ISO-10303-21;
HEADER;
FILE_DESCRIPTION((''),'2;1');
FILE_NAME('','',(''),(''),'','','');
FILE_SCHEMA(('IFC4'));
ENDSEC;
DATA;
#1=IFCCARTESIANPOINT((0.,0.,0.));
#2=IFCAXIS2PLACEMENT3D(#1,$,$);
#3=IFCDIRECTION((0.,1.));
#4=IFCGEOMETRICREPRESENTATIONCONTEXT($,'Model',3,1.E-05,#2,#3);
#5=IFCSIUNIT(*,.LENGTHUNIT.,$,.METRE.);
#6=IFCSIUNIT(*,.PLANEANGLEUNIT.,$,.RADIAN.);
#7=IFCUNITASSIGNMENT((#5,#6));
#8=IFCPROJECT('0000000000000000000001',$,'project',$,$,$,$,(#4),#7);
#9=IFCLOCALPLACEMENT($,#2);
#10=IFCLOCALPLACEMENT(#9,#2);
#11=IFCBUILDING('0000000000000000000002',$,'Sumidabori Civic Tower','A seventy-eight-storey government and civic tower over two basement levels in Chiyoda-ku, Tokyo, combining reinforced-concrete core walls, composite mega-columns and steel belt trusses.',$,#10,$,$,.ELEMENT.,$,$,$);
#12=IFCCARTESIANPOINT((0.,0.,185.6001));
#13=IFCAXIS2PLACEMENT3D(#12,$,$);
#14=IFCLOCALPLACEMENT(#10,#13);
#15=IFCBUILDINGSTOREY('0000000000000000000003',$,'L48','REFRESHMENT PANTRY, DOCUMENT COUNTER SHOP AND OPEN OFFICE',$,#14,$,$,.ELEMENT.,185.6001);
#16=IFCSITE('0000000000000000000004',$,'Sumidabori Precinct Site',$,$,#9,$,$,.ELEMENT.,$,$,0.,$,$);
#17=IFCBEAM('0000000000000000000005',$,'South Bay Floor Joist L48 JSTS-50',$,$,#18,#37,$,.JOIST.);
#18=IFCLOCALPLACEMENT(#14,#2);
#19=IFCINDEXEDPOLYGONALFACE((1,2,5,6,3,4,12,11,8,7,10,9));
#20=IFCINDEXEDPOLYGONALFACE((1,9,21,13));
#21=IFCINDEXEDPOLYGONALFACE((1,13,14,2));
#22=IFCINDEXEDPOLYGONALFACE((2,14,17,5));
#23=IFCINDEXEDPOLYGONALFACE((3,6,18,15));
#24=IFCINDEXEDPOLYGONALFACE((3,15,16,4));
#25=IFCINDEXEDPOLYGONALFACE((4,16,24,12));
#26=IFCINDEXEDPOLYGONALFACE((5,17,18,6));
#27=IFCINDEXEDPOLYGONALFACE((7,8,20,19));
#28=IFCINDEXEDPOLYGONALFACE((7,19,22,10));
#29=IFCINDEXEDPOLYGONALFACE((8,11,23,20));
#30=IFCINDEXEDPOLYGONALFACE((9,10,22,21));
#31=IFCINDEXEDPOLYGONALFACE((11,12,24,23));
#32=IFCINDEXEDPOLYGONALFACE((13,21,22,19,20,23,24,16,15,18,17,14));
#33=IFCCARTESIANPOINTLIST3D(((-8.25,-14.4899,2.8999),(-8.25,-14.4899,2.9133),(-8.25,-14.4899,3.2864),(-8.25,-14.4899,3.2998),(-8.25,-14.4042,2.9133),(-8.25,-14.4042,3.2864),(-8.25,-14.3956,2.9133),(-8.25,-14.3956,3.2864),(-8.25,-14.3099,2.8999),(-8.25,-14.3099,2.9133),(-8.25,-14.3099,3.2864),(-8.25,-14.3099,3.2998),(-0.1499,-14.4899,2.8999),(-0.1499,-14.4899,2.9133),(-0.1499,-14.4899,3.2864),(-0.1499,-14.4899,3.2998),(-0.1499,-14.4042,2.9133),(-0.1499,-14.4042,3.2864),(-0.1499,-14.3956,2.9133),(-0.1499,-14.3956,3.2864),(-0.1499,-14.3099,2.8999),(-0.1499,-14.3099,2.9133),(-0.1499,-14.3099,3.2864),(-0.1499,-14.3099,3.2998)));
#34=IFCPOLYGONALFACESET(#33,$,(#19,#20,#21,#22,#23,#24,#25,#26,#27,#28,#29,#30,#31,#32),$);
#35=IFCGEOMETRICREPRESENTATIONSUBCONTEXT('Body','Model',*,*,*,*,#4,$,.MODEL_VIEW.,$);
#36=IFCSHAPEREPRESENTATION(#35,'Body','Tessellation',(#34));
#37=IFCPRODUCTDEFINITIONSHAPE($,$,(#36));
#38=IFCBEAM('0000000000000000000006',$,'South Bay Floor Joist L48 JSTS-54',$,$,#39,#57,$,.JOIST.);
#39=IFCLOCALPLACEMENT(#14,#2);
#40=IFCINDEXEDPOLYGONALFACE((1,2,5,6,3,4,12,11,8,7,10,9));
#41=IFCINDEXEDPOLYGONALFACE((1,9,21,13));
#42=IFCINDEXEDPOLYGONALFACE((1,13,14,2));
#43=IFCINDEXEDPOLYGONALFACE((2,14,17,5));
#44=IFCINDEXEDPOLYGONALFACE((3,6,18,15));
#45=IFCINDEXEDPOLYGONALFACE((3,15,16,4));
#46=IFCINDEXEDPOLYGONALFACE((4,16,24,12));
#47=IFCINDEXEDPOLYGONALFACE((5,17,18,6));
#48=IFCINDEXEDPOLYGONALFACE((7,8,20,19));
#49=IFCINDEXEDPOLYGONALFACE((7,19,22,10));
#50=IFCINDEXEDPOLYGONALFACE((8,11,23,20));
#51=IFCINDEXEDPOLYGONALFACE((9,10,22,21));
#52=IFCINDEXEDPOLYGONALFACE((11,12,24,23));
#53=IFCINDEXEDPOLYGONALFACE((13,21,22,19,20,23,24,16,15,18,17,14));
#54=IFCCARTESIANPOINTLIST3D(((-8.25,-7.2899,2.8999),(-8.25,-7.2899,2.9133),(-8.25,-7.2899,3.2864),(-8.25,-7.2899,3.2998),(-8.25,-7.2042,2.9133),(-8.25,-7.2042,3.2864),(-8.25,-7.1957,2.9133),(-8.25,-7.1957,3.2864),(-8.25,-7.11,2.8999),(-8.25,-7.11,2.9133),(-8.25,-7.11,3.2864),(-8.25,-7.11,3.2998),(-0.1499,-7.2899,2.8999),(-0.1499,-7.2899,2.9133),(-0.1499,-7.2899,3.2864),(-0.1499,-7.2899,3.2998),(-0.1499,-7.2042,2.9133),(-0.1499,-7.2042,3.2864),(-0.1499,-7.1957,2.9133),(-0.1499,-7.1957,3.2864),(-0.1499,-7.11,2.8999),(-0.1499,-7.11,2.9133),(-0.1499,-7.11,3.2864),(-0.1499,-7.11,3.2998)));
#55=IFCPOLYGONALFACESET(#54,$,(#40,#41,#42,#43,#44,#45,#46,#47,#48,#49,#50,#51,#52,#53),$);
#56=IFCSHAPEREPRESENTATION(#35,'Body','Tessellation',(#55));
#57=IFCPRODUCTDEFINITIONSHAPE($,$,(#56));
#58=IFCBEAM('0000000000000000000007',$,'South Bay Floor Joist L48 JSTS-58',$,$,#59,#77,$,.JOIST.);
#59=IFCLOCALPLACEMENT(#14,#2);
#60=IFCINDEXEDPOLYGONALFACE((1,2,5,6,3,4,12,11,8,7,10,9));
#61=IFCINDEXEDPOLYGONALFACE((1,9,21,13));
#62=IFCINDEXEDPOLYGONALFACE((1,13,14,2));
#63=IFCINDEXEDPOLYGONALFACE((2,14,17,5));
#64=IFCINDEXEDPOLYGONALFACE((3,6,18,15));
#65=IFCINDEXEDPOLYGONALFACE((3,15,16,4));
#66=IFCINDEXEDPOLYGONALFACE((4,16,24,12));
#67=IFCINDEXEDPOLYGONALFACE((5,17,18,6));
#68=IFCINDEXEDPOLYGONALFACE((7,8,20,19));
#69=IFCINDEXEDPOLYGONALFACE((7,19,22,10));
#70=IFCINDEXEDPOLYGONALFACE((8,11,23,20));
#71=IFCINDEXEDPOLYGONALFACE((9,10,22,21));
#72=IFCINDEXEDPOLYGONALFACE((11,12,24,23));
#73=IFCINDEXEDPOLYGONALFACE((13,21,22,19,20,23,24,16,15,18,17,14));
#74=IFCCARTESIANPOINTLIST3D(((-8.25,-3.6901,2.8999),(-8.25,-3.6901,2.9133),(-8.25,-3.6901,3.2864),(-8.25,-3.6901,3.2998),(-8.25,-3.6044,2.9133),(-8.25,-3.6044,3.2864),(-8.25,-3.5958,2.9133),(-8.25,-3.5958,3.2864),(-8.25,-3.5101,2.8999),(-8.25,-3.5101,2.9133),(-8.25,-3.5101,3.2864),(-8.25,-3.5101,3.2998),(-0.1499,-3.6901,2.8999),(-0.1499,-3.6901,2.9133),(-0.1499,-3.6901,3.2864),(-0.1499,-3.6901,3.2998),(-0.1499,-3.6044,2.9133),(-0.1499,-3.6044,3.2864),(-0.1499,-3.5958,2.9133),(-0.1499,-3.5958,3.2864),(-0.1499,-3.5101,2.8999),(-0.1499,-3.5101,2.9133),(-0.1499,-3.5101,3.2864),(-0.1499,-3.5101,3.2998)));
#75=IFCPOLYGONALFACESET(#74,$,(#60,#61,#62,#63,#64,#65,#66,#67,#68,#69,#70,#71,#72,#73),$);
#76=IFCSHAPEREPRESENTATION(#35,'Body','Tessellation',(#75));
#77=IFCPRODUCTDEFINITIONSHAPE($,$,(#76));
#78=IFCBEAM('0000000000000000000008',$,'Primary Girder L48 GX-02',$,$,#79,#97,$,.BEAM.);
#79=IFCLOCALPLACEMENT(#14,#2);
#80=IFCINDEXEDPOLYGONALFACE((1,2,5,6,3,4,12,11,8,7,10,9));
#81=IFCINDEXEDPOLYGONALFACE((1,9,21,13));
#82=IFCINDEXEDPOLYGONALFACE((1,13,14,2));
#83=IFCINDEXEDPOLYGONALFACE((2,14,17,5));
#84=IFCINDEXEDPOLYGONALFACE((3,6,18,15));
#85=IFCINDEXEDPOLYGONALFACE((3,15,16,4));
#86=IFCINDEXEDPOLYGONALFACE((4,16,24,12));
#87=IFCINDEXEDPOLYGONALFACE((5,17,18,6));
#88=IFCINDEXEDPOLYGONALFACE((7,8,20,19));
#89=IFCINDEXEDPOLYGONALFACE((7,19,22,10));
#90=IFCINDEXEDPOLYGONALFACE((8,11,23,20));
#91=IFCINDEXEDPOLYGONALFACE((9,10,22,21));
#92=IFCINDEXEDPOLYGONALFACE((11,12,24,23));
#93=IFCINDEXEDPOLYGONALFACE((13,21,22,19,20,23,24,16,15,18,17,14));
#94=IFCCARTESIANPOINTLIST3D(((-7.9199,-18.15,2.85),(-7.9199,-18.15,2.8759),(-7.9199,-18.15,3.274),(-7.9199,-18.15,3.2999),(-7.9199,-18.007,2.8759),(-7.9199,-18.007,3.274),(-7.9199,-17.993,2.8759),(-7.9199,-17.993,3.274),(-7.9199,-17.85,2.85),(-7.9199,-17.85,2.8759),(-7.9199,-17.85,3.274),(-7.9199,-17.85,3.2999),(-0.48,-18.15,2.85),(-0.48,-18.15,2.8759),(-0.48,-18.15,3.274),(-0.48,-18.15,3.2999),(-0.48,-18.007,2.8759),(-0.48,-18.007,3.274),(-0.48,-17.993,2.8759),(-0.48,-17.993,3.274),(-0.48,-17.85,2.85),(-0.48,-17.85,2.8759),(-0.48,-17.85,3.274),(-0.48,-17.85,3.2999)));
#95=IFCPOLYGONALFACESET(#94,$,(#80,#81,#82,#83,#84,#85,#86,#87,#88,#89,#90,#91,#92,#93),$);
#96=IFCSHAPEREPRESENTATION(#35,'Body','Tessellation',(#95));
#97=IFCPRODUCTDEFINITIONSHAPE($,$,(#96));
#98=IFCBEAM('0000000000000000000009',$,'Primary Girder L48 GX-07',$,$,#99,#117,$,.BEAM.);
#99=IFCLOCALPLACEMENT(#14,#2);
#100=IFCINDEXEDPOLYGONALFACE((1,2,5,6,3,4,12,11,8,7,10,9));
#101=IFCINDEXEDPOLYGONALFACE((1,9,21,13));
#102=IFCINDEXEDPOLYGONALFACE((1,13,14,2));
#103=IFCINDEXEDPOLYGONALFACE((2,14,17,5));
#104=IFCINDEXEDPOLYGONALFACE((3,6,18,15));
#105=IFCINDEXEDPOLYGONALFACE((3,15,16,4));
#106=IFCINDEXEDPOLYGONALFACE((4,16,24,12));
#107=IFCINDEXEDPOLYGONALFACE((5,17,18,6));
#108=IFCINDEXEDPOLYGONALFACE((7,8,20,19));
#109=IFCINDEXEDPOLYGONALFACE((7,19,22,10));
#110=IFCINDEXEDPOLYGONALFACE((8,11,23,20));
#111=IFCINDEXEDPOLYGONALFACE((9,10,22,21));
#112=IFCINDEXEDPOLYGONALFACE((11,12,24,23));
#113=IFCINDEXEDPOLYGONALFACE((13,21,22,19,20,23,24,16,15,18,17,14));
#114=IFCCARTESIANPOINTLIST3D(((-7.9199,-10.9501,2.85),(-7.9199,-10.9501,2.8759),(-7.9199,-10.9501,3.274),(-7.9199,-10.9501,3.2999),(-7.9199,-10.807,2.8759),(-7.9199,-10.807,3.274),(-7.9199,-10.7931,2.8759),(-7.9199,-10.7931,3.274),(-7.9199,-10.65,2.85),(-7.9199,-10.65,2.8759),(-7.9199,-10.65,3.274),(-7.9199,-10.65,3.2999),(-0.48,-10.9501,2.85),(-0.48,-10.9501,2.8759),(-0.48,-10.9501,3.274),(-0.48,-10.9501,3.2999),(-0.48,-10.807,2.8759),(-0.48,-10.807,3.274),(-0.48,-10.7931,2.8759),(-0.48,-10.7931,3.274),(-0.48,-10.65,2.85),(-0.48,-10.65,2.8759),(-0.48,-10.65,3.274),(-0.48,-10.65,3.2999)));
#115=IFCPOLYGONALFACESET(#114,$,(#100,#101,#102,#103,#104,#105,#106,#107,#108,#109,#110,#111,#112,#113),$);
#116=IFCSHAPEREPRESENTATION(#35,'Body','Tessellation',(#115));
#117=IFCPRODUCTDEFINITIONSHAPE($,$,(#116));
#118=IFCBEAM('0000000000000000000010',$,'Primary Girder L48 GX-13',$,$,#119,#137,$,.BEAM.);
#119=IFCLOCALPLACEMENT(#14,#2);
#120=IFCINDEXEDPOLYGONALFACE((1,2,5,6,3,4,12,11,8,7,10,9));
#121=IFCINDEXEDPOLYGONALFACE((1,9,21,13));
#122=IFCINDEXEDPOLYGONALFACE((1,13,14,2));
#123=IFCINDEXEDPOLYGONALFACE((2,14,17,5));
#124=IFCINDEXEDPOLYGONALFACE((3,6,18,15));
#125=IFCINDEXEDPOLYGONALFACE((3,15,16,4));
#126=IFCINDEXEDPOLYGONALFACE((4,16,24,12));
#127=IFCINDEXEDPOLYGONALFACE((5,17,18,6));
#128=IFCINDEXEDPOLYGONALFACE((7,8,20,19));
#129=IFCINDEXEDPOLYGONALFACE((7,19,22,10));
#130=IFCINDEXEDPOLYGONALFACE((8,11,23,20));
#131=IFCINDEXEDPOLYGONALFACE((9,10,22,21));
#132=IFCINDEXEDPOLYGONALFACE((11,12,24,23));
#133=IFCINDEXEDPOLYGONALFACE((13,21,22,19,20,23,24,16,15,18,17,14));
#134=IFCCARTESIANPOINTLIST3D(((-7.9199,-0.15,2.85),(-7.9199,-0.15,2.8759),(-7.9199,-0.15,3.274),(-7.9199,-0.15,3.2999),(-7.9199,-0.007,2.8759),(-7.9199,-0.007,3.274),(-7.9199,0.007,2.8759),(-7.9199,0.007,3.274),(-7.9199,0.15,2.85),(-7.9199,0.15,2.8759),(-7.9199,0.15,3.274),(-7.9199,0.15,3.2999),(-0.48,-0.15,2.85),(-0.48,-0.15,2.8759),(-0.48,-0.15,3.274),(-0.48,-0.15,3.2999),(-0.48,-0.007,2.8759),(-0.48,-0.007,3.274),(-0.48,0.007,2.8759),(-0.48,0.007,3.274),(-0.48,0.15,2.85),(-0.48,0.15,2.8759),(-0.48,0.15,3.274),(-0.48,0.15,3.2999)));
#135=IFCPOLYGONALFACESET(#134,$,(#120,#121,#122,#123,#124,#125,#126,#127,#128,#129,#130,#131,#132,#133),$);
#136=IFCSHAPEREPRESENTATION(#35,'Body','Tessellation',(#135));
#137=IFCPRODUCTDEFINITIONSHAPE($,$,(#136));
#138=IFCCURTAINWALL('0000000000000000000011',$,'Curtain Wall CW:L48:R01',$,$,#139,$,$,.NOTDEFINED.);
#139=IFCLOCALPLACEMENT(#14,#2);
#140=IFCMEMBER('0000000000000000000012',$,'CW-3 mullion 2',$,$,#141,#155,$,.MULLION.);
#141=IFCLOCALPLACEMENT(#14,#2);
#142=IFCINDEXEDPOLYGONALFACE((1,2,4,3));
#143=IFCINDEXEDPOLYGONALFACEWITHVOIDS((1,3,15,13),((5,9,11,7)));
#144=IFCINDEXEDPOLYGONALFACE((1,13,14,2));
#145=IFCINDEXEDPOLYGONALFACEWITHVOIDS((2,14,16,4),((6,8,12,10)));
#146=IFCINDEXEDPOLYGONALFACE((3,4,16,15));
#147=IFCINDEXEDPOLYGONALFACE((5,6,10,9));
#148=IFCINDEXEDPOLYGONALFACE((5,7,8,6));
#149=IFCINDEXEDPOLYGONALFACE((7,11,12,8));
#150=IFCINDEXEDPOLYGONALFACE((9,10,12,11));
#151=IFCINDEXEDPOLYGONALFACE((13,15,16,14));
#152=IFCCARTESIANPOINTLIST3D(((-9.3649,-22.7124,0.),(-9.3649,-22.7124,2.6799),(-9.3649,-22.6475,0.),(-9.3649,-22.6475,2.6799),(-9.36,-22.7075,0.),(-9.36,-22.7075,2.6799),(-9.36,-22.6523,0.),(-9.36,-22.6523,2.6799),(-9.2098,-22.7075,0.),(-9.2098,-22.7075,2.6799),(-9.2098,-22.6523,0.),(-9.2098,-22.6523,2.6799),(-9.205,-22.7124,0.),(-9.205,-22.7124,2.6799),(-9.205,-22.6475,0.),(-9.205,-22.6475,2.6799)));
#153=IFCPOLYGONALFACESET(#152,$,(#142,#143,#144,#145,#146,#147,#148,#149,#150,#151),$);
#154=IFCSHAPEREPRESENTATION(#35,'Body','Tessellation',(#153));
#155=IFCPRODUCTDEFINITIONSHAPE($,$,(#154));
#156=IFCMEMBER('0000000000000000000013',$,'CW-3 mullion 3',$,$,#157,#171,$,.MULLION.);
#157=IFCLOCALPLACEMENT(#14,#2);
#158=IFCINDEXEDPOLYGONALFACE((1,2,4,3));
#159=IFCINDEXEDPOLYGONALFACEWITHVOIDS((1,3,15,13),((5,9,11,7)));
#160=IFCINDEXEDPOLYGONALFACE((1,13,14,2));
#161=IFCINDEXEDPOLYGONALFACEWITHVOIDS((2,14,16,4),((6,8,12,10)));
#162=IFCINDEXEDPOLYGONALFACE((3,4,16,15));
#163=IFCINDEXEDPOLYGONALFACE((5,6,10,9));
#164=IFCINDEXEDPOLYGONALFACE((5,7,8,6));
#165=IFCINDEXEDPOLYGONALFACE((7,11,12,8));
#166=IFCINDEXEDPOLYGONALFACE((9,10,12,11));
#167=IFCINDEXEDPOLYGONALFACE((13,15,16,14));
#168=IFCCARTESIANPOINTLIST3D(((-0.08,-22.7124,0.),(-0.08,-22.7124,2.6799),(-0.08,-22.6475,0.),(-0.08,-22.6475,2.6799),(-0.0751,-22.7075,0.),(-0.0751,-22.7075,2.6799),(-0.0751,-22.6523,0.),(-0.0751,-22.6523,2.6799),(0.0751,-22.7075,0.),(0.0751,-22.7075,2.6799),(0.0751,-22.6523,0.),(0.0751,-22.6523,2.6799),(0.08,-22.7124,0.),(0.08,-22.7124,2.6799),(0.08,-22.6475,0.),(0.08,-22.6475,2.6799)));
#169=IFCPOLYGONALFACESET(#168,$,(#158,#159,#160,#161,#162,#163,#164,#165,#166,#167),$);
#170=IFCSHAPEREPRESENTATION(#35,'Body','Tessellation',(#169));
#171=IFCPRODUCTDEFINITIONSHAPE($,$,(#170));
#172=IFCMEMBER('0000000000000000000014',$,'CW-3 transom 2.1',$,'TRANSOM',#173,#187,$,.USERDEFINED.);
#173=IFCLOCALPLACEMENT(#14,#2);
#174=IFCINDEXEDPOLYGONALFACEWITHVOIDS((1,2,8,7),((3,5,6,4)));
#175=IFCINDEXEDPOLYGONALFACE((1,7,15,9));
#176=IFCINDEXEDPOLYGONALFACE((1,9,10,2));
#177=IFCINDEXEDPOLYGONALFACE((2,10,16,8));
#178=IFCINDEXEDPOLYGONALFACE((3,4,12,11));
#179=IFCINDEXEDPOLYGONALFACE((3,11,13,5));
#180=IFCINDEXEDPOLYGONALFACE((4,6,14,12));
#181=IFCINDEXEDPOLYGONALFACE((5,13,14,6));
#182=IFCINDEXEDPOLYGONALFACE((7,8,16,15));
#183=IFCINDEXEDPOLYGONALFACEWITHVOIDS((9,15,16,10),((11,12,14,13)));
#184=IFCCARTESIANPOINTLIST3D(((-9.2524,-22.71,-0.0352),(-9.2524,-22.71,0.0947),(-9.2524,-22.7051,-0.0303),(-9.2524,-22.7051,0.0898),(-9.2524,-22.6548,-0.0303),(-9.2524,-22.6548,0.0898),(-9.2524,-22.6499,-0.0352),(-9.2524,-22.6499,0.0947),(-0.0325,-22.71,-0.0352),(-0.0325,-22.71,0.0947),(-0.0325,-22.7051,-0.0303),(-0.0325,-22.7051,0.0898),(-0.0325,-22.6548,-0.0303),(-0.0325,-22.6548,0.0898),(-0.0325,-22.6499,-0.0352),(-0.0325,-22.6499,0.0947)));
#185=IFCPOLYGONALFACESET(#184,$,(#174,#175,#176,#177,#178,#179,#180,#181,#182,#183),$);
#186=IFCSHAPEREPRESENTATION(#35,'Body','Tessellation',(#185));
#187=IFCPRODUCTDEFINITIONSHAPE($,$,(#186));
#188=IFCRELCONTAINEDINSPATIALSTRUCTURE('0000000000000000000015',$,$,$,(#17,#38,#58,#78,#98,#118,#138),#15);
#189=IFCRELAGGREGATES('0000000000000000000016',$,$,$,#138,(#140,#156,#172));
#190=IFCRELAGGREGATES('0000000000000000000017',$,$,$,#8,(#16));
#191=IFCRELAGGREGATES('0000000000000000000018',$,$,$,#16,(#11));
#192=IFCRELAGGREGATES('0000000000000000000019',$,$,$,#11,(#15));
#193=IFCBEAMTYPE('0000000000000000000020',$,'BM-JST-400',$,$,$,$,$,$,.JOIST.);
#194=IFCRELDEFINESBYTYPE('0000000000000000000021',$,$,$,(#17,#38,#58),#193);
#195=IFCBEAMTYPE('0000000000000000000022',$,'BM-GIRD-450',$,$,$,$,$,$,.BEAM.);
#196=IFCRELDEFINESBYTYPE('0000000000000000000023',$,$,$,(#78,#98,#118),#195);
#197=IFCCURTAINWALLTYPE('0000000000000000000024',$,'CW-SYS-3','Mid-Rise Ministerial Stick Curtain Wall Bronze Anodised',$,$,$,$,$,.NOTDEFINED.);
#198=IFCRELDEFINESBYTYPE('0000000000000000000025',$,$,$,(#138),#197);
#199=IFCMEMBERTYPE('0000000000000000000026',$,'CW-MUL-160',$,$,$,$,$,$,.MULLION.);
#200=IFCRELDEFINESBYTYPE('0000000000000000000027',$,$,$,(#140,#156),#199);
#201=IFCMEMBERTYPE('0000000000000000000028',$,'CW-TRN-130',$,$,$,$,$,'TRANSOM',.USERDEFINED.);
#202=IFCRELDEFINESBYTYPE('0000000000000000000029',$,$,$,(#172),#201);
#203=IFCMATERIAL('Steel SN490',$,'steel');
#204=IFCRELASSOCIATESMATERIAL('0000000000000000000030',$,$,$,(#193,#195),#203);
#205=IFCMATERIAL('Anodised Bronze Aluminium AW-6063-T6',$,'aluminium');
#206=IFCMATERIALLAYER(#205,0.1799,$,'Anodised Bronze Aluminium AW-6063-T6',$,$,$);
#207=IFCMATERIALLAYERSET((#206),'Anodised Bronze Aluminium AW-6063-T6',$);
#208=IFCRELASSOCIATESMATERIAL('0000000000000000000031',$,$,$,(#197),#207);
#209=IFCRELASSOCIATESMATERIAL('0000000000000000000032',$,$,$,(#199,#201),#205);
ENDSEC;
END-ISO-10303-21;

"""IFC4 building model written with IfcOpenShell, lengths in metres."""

from ifc_helpers import new_model, si_unit, direction, frame, origin, origin_2d, place, context, subcontext, project, spatial, hollow_rectangle, i_section, extrude, source, transform, mapped, material, layer, layer_set, material_profile, profile_set, type_object, element, aggregate, save


model = new_model("IFC4")

# Units and contexts
model_context = context("Model", 3, precision=1e-05, world=origin(), true_north=direction((0.0, 1.0)))
body_context = subcontext(model_context, "Body", "Model", "MODEL_VIEW")
ifc_project = project(units=[si_unit("LENGTHUNIT", "METRE"), si_unit("PLANEANGLEUNIT", "RADIAN")], contexts=[model_context])

# Site, building, storey
site_placement = place(None, origin())
site = spatial("IfcSite", under=ifc_project, at=site_placement, Name="Sumidabori Precinct Site", CompositionType="ELEMENT", RefElevation=0.0)
building_placement = place(site_placement, origin())
building = spatial("IfcBuilding", under=site, at=building_placement, Name="Sumidabori Civic Tower", Description="A seventy-eight-storey government and civic tower over two basement levels in Chiyoda-ku, Tokyo, combining reinforced-concrete core walls, composite mega-columns and steel belt trusses.", CompositionType="ELEMENT")
storey_placement = place(building_placement, frame((0.0, 0.0, 185.6001)))
storey = spatial("IfcBuildingStorey", under=building, at=storey_placement, Name="L48", Description="REFRESHMENT PANTRY, DOCUMENT COUNTER SHOP AND OPEN OFFICE", CompositionType="ELEMENT", Elevation=185.6001)

# Beams
ifc_material_1 = material(Name="Steel SN490", Category="steel")
ifc_material_profile_1 = material_profile(ifc_material_1, i_section(OverallWidth=0.1799, OverallDepth=0.3999, WebThickness=0.0085, FlangeThickness=0.0134, at=origin_2d()), Name="IPE 400")
ifc_profile_set_1 = profile_set([ifc_material_profile_1], Name="Steel SN490")
beam_type_1 = type_object("IfcBeamType", Name="BM-JST-400", PredefinedType="JOIST", material=ifc_profile_set_1)
shared_shape_1 = source(origin(), body_context, "Body", "SweptSolid", [
    extrude(i_section(OverallWidth=0.1799, OverallDepth=0.3999, WebThickness=0.0085, FlangeThickness=0.0134, at=origin_2d()), origin(), (0.0, 0.0, 1.0), 8.1001),
])
for number, where, z_axis, x_axis, name in (
    (1, (-8.25, -14.3999, 3.0999), (1.0, 0.0, 0.0), (0.0, 1.0, 0.0), "South Bay Floor Joist L48 JSTS-50"),
    (2, (-8.25, -7.2, 3.0999), (1.0, 0.0, 0.0), (0.0, 1.0, 0.0), "South Bay Floor Joist L48 JSTS-54"),
    (3, (-8.25, -3.6001, 3.0999), (1.0, 0.0, 0.0), (0.0, 1.0, 0.0), "South Bay Floor Joist L48 JSTS-58"),
):
    element("IfcBeam", number, at=place(storey_placement, frame(where, z_axis=z_axis, x_axis=x_axis)), inside=storey, type_object=beam_type_1, Name=name, PredefinedType="JOIST", context=body_context, shape_type="MappedRepresentation", body=[
        mapped(shared_shape_1, transform((0.0, 0.0, 0.0), x_axis=(1.0, 0.0, 0.0), y_axis=(0.0, 1.0, 0.0), z_axis=(0.0, 0.0, 1.0), scale=1.0)),
    ])
ifc_material_profile_2 = material_profile(ifc_material_1, i_section(OverallWidth=0.3, OverallDepth=0.45, WebThickness=0.0139, FlangeThickness=0.0259, at=origin_2d()), Name="HE 450 B")
ifc_profile_set_2 = profile_set([ifc_material_profile_2], Name="Steel SN490")
beam_type_2 = type_object("IfcBeamType", Name="BM-GIRD-450", PredefinedType="BEAM", material=ifc_profile_set_2)
shared_shape_2 = source(origin(), body_context, "Body", "SweptSolid", [
    extrude(i_section(OverallWidth=0.3, OverallDepth=0.45, WebThickness=0.0139, FlangeThickness=0.0259, at=origin_2d()), origin(), (0.0, 0.0, 1.0), 7.4399),
])
for number, where, z_axis, x_axis, name in (
    (4, (-7.9199, -18.0, 3.075), (1.0, 0.0, 0.0), (0.0, 1.0, 0.0), "Primary Girder L48 GX-02"),
    (5, (-7.9199, -10.8, 3.075), (1.0, 0.0, 0.0), (0.0, 1.0, 0.0), "Primary Girder L48 GX-07"),
    (6, (-7.9199, 0.0, 3.075), (1.0, 0.0, 0.0), (0.0, 1.0, 0.0), "Primary Girder L48 GX-13"),
):
    element("IfcBeam", number, at=place(storey_placement, frame(where, z_axis=z_axis, x_axis=x_axis)), inside=storey, type_object=beam_type_2, Name=name, PredefinedType="BEAM", context=body_context, shape_type="MappedRepresentation", body=[
        mapped(shared_shape_2, transform((0.0, 0.0, 0.0), x_axis=(1.0, 0.0, 0.0), y_axis=(0.0, 1.0, 0.0), z_axis=(0.0, 0.0, 1.0), scale=1.0)),
    ])

# Curtain wall, members
ifc_material_2 = material(Name="Anodised Bronze Aluminium AW-6063-T6", Category="aluminium")
ifc_layer_1 = layer(ifc_material_2, 0.1799, Name="Anodised Bronze Aluminium AW-6063-T6")
ifc_layer_set_1 = layer_set([ifc_layer_1], Name="Anodised Bronze Aluminium AW-6063-T6")
curtain_wall_type = type_object("IfcCurtainWallType", Name="CW-SYS-3", Description="Mid-Rise Ministerial Stick Curtain Wall Bronze Anodised", PredefinedType="NOTDEFINED", material=ifc_layer_set_1)
curtain_wall_placement = place(storey_placement, origin())
curtain_wall = element("IfcCurtainWall", 7, at=curtain_wall_placement, inside=storey, type_object=curtain_wall_type, Name="Curtain Wall CW:L48:R01", PredefinedType="NOTDEFINED")
ifc_material_profile_3 = material_profile(ifc_material_2, hollow_rectangle(XDim=0.0649, YDim=0.1599, WallThickness=0.0049, at=origin_2d()), Name="ALU MULLION 160x65")
ifc_profile_set_3 = profile_set([ifc_material_profile_3], Name="Anodised Bronze Aluminium AW-6063-T6")
member_type_1 = type_object("IfcMemberType", Name="CW-MUL-160", PredefinedType="MULLION", material=ifc_profile_set_3)
shared_shape_3 = source(origin(), body_context, "Body", "SweptSolid", [
    extrude(hollow_rectangle(XDim=0.0649, YDim=0.1599, WallThickness=0.0049, at=origin_2d()), origin(), (0.0, 0.0, 1.0), 2.6799),
])
member_1_placement = place(storey_placement, frame((-9.2849, -22.6799, 0.0), z_axis=(0.0, 0.0, 1.0), x_axis=(0.0, 1.0, 0.0)))
member_1 = element("IfcMember", 8, at=member_1_placement, type_object=member_type_1, Name="CW-3 mullion 2", PredefinedType="MULLION", context=body_context, shape_type="MappedRepresentation", body=[
    mapped(shared_shape_3, transform((0.0, 0.0, 0.0), x_axis=(1.0, 0.0, 0.0), y_axis=(0.0, 1.0, 0.0), z_axis=(0.0, 0.0, 1.0), scale=1.0)),
])
member_2_placement = place(storey_placement, frame((0.0, -22.6799, 0.0), z_axis=(0.0, 0.0, 1.0), x_axis=(0.0, 1.0, 0.0)))
member_2 = element("IfcMember", 9, at=member_2_placement, type_object=member_type_1, Name="CW-3 mullion 3", PredefinedType="MULLION", context=body_context, shape_type="MappedRepresentation", body=[
    mapped(shared_shape_3, transform((0.0, 0.0, 0.0), x_axis=(1.0, 0.0, 0.0), y_axis=(0.0, 1.0, 0.0), z_axis=(0.0, 0.0, 1.0), scale=1.0)),
])
ifc_material_profile_4 = material_profile(ifc_material_2, hollow_rectangle(XDim=0.0601, YDim=0.1299, WallThickness=0.0049, at=origin_2d()), Name="ALU TRANSOM 130x60")
ifc_profile_set_4 = profile_set([ifc_material_profile_4], Name="Anodised Bronze Aluminium AW-6063-T6")
member_type_2 = type_object("IfcMemberType", Name="CW-TRN-130", ElementType="TRANSOM", PredefinedType="USERDEFINED", material=ifc_profile_set_4)
shared_shape_4 = source(origin(), body_context, "Body", "SweptSolid", [
    extrude(hollow_rectangle(XDim=0.0601, YDim=0.1299, WallThickness=0.0049, at=origin_2d()), origin(), (0.0, 0.0, 1.0), 9.22),
])
member_3_placement = place(storey_placement, frame((-9.2524, -22.6799, 0.0298), z_axis=(1.0, 0.0, 0.0), x_axis=(0.0, 1.0, 0.0)))
member_3 = element("IfcMember", 10, at=member_3_placement, type_object=member_type_2, Name="CW-3 transom 2.1", ObjectType="TRANSOM", PredefinedType="USERDEFINED", context=body_context, shape_type="MappedRepresentation", body=[
    mapped(shared_shape_4, transform((0.0, 0.0, 0.0), x_axis=(1.0, 0.0, 0.0), y_axis=(0.0, 1.0, 0.0), z_axis=(0.0, 0.0, 1.0), scale=1.0)),
])

aggregate(curtain_wall, [member_1, member_2, member_3])

save(model, "model.ifc")
